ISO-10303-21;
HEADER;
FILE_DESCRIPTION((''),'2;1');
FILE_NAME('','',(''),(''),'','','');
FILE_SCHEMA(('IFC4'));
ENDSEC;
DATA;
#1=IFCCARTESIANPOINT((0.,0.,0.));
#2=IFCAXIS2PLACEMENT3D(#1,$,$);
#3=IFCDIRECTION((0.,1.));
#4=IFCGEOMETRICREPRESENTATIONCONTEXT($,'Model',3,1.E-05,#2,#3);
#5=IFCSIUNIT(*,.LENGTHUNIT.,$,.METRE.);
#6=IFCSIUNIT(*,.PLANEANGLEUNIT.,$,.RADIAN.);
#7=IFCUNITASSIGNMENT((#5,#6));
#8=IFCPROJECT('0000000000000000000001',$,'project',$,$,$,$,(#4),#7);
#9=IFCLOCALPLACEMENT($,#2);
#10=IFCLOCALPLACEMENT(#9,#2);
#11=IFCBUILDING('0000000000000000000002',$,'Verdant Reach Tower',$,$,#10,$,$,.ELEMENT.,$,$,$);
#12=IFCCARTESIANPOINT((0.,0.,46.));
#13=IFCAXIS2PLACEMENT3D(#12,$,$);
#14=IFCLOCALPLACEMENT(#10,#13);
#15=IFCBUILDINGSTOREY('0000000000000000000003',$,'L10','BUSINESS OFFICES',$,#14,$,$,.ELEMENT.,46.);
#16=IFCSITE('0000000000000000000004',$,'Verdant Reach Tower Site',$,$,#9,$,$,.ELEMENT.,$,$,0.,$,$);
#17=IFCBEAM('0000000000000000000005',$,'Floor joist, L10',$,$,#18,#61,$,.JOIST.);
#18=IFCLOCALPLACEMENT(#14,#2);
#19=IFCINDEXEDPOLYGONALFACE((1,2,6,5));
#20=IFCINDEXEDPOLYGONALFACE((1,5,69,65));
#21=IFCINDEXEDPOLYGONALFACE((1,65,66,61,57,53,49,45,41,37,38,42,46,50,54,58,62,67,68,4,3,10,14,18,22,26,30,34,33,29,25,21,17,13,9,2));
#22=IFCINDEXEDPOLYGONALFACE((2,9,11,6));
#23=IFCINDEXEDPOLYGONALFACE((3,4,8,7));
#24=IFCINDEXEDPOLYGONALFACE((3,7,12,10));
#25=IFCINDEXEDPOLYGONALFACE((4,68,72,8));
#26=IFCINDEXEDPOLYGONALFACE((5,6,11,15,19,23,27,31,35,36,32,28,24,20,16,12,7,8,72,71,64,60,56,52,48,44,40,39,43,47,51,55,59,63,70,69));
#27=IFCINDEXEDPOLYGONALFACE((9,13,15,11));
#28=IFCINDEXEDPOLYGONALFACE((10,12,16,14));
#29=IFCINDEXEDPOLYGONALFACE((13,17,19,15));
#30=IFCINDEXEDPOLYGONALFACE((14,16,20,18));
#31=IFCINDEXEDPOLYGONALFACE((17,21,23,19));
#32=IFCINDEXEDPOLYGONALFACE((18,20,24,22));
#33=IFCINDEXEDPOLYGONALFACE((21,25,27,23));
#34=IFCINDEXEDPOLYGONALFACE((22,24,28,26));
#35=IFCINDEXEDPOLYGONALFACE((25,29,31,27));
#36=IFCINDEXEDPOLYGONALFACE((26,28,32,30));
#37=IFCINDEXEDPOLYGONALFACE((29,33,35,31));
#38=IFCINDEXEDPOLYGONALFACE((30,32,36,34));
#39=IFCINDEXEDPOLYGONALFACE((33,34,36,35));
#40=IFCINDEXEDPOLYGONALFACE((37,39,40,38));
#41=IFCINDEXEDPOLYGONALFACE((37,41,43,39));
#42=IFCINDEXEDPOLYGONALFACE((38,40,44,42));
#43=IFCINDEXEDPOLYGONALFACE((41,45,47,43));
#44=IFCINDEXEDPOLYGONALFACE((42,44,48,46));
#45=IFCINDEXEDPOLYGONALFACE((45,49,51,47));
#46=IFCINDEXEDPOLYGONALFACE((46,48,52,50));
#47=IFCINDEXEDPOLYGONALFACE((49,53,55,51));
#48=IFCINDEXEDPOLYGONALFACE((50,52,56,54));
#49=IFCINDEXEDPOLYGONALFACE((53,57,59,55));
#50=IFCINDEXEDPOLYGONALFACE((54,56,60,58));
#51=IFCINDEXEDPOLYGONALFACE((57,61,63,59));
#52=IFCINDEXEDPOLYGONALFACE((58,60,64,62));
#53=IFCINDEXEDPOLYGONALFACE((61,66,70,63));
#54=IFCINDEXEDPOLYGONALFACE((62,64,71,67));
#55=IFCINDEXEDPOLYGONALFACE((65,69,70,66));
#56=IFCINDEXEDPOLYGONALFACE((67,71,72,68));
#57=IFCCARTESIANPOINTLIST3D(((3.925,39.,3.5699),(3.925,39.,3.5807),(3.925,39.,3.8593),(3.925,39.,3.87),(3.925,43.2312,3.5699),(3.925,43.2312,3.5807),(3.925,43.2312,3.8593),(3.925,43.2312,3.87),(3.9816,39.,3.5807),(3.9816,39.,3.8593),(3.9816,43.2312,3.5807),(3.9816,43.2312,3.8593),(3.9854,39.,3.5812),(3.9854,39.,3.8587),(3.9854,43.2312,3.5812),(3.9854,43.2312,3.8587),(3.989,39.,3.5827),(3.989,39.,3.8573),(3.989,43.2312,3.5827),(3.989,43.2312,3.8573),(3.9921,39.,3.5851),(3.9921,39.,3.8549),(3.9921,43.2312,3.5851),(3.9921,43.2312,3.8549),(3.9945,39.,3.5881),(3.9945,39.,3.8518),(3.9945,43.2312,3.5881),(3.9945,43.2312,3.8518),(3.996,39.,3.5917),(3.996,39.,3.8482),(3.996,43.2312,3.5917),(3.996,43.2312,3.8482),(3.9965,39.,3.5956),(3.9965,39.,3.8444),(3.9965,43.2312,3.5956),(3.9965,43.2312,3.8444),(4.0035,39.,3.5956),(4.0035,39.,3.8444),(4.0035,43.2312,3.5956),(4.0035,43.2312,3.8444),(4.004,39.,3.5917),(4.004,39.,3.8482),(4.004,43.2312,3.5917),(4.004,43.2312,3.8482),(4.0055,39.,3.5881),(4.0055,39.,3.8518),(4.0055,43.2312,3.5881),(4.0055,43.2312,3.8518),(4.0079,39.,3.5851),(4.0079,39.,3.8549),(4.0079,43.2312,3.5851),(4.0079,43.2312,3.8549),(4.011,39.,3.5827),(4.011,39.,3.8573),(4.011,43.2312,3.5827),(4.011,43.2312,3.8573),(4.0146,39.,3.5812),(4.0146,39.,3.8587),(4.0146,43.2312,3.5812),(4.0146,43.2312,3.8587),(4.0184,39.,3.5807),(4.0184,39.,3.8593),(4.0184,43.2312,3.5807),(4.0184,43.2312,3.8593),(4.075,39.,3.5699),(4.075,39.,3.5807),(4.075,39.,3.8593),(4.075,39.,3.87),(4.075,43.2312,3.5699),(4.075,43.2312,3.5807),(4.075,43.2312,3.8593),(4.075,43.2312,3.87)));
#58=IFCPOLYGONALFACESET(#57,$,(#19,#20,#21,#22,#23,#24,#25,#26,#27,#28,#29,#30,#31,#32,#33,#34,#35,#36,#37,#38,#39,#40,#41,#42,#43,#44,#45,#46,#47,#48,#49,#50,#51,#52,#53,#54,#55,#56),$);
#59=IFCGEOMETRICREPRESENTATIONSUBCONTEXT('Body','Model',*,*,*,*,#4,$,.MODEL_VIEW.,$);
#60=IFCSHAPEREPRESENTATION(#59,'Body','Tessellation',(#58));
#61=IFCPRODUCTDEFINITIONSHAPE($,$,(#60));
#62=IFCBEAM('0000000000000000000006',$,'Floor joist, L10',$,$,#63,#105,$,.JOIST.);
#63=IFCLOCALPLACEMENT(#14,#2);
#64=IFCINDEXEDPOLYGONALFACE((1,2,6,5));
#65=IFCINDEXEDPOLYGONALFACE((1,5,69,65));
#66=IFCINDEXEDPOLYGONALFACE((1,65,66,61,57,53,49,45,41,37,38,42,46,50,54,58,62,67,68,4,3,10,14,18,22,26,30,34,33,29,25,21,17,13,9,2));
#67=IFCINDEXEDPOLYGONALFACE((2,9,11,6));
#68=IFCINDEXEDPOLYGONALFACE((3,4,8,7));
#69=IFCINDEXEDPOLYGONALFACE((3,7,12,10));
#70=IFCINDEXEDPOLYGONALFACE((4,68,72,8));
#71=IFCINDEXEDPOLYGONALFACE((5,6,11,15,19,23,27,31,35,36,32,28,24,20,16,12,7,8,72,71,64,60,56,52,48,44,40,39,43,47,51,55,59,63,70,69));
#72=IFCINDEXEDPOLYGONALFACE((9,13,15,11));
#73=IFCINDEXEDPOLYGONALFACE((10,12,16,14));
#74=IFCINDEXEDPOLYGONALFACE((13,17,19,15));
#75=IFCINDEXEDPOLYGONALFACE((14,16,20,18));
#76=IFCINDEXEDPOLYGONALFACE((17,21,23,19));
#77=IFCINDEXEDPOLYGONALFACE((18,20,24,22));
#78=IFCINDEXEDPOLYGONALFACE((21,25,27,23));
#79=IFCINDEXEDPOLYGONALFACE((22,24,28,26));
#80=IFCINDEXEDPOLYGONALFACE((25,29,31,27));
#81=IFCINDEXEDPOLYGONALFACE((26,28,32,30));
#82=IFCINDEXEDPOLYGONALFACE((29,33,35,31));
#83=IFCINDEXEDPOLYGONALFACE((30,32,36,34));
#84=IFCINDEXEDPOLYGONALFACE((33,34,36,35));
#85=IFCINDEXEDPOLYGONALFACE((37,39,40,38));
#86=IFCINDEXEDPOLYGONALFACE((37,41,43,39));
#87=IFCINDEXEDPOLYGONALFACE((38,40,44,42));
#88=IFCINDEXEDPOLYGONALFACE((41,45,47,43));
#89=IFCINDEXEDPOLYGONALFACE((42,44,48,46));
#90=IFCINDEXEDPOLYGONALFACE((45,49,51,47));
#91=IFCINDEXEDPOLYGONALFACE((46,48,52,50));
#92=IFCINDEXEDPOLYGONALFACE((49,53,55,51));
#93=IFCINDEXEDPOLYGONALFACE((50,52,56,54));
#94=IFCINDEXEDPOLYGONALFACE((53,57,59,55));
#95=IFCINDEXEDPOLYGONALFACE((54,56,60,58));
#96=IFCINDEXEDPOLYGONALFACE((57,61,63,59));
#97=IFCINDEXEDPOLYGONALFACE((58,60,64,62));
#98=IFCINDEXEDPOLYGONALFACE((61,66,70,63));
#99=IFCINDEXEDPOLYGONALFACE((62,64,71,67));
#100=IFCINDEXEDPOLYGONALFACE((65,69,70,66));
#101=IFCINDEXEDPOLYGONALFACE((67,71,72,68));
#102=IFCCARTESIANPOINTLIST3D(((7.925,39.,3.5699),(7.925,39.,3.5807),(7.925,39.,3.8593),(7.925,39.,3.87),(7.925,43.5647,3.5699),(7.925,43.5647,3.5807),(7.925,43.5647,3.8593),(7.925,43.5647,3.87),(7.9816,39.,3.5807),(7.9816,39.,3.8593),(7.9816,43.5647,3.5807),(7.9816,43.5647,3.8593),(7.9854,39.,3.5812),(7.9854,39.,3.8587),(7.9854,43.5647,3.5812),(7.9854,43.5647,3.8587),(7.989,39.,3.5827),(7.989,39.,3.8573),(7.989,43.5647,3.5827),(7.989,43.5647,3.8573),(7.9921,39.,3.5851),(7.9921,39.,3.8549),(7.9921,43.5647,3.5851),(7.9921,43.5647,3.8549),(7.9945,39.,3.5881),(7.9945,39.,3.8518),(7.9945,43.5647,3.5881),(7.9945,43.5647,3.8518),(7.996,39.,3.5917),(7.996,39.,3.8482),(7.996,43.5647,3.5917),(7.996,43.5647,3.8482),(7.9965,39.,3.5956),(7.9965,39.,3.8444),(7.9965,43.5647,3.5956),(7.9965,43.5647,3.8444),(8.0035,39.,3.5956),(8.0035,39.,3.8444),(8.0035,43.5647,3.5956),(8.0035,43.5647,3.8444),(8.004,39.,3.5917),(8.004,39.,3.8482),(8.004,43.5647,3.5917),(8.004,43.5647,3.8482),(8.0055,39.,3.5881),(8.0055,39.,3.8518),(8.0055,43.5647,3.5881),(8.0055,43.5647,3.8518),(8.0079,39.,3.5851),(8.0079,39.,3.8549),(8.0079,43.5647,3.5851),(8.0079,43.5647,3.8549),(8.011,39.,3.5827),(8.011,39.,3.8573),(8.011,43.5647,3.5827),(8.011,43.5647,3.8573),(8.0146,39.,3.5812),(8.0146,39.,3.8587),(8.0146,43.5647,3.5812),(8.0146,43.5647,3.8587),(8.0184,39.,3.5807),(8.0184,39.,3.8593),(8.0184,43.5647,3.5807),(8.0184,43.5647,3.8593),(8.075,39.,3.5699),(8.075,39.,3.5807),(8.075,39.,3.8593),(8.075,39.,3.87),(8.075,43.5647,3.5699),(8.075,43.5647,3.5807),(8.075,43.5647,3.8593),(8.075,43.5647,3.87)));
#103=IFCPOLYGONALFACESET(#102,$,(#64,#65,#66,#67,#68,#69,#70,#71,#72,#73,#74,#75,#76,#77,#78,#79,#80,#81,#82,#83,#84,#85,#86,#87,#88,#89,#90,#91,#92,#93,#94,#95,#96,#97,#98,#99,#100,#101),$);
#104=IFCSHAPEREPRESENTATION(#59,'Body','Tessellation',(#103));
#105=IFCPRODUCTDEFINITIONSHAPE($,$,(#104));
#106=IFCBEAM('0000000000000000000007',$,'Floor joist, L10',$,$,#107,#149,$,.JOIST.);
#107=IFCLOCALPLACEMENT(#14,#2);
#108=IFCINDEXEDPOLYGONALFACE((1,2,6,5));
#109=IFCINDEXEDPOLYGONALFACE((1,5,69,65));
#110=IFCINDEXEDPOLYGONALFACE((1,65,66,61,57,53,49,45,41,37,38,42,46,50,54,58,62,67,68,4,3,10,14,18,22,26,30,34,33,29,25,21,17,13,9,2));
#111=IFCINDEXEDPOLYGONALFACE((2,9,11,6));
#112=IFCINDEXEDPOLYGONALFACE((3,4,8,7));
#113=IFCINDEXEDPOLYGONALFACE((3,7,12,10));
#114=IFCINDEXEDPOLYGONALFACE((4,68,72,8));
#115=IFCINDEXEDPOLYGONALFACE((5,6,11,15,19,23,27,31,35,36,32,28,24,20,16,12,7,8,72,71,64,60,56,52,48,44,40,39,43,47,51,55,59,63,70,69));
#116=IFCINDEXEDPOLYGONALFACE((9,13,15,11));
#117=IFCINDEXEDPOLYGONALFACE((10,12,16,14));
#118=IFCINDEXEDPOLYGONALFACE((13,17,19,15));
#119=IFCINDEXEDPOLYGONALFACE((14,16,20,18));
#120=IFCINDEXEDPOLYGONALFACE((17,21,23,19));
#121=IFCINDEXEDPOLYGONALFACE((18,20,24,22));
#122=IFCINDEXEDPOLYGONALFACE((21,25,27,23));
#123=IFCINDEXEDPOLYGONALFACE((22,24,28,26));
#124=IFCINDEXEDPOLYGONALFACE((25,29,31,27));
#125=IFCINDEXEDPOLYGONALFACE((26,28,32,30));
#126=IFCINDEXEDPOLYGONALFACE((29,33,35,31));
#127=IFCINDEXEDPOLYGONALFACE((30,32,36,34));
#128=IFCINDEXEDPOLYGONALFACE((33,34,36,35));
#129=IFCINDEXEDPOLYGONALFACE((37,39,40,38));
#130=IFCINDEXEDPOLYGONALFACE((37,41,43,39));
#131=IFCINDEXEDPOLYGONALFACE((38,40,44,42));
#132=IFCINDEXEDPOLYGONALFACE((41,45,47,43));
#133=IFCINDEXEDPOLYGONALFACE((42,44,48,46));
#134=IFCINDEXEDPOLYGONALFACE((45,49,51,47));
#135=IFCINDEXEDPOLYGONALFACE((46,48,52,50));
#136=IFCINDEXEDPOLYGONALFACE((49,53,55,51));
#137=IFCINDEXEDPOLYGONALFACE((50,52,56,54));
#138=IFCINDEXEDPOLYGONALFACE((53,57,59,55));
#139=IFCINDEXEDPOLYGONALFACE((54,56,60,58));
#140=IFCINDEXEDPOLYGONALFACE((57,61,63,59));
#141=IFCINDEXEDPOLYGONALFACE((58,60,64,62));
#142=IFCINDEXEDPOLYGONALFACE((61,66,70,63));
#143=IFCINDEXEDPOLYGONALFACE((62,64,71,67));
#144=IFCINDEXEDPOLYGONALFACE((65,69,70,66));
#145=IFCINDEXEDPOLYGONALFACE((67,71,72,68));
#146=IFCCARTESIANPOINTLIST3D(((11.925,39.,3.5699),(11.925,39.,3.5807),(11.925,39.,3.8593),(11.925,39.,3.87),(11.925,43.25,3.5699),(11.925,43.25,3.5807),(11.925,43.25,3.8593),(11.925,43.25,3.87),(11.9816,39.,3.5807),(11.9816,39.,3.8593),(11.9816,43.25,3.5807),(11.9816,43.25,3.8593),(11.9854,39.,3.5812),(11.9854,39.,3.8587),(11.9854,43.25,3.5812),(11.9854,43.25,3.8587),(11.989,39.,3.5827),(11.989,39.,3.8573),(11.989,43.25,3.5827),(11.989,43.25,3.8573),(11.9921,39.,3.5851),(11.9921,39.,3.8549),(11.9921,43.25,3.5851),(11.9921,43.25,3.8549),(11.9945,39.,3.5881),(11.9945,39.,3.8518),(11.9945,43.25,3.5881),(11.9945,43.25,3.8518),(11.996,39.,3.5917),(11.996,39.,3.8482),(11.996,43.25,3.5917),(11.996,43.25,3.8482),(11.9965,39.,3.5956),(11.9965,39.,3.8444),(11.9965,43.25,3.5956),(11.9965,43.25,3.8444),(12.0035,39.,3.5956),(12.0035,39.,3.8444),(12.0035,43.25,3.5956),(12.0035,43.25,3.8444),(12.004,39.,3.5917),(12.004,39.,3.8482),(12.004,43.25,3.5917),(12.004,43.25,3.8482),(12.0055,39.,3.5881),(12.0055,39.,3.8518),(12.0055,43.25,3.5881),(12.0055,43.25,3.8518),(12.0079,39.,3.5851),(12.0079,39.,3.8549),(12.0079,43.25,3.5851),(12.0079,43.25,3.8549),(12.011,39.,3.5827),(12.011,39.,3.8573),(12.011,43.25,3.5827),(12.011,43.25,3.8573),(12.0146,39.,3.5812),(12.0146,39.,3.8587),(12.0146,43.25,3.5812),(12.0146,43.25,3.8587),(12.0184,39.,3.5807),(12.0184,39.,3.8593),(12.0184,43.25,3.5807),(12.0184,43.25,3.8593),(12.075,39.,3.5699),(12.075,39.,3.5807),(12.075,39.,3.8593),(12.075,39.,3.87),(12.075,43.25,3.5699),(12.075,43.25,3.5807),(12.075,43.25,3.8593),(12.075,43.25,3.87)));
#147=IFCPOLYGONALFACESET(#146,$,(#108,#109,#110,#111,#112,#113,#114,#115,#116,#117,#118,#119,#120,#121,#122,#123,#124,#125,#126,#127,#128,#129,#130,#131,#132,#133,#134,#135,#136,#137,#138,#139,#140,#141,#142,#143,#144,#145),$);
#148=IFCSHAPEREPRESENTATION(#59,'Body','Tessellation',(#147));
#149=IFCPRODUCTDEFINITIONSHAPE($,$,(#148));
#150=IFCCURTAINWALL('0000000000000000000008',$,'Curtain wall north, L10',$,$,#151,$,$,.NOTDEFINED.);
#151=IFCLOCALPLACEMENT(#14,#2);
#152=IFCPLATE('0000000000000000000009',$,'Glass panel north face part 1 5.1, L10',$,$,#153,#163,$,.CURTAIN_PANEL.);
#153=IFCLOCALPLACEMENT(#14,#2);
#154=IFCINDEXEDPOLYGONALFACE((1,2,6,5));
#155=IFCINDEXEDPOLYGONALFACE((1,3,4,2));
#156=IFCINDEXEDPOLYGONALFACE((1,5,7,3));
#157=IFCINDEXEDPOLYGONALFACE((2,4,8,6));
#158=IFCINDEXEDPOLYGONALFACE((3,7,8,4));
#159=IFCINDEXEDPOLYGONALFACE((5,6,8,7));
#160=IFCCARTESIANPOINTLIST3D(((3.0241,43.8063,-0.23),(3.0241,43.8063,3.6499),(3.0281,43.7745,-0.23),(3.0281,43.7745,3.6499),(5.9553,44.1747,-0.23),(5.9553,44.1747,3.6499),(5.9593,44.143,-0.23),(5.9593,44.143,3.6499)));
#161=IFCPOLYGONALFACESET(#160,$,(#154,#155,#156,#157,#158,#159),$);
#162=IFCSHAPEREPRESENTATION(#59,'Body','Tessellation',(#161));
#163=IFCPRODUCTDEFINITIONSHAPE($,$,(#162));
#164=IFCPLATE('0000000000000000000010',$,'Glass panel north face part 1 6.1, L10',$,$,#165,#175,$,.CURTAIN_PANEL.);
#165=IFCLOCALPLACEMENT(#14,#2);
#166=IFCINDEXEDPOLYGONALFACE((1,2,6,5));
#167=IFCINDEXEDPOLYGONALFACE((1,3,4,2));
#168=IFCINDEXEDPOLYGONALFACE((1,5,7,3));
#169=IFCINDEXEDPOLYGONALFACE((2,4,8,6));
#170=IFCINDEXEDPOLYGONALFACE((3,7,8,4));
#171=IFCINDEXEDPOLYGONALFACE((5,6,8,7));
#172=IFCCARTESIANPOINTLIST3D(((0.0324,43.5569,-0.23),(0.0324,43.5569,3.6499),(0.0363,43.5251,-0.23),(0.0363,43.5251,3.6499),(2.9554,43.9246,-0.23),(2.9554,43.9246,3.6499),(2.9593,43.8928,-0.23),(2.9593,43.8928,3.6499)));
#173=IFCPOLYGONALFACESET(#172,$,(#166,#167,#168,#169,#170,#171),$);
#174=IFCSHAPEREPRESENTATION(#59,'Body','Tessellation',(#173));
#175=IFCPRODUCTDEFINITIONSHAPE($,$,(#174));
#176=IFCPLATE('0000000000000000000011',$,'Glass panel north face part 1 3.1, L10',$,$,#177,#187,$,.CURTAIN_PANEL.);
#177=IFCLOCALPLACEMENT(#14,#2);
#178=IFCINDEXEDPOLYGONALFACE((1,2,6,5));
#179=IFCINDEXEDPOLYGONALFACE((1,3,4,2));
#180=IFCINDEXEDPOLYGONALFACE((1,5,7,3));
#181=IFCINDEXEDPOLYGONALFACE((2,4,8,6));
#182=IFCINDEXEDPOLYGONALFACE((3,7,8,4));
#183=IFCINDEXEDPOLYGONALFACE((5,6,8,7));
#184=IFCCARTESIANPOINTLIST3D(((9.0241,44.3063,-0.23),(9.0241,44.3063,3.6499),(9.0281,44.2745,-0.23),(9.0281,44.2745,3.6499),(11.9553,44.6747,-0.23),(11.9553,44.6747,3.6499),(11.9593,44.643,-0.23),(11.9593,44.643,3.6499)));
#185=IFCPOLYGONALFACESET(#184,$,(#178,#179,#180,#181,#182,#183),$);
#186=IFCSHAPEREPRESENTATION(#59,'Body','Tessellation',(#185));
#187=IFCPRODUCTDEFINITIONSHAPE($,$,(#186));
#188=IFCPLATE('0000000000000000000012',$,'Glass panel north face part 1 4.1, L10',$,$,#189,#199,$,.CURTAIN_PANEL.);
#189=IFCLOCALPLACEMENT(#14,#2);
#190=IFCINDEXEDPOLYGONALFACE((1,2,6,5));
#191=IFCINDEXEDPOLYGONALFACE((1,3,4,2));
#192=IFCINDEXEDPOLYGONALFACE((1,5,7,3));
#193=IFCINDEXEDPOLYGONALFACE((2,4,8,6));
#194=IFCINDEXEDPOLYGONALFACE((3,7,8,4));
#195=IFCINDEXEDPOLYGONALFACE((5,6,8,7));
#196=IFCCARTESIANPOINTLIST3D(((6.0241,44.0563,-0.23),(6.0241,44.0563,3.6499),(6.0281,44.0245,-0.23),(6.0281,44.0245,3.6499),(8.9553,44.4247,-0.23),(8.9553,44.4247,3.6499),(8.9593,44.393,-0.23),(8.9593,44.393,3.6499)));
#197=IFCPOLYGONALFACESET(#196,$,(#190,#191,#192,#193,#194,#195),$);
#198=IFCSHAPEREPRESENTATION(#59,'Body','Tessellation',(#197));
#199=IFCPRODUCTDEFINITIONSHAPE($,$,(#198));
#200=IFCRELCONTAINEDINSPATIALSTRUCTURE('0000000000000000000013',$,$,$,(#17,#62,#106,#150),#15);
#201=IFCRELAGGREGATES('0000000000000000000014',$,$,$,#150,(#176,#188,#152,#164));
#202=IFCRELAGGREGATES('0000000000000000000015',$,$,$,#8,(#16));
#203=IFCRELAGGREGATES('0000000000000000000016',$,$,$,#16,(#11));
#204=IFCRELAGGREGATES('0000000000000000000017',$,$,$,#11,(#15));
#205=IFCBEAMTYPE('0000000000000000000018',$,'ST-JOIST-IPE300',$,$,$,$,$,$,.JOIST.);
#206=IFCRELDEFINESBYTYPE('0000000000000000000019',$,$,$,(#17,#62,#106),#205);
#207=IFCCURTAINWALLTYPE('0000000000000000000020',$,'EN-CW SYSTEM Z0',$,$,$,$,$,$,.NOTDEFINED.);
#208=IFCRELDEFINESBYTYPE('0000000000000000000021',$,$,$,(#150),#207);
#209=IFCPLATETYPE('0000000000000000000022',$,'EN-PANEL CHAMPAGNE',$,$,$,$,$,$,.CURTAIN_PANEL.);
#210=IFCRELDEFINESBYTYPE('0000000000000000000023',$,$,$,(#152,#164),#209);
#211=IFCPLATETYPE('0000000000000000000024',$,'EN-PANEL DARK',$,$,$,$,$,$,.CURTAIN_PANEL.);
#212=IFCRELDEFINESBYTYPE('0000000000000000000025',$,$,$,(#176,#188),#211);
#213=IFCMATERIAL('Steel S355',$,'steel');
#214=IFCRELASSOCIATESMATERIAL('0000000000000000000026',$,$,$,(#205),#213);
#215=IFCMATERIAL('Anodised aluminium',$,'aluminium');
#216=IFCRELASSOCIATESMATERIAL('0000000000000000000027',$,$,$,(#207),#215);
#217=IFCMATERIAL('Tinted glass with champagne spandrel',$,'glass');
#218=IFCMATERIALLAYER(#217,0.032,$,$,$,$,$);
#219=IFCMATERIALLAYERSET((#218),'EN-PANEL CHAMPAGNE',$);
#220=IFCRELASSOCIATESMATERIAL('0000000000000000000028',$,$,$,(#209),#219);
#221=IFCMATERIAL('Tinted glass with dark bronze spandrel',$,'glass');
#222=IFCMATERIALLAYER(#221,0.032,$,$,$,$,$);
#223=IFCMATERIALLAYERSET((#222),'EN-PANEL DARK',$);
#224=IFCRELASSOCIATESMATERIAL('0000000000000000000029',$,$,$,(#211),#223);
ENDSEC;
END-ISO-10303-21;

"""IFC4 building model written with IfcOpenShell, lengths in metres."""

from ifc_helpers import new_model, si_unit, direction, frame, origin, origin_2d, place, context, subcontext, project, spatial, rectangle, i_section, extrude, material, layer, layer_set, material_profile, profile_set, type_object, element, aggregate, save


model = new_model("IFC4")

# Units and contexts
model_context = context("Model", 3, precision=1e-05, world=origin(), true_north=direction((0.0, 1.0)))
body_context = subcontext(model_context, "Body", "Model", "MODEL_VIEW")
ifc_project = project(units=[si_unit("LENGTHUNIT", "METRE"), si_unit("PLANEANGLEUNIT", "RADIAN")], contexts=[model_context])

# Site, building, storey
site_placement = place(None, origin())
site = spatial("IfcSite", under=ifc_project, at=site_placement, Name="Verdant Reach Tower Site", CompositionType="ELEMENT", RefElevation=0.0)
building_placement = place(site_placement, origin())
building = spatial("IfcBuilding", under=site, at=building_placement, Name="Verdant Reach Tower", CompositionType="ELEMENT")
storey_placement = place(building_placement, frame((0.0, 0.0, 46.0)))
storey = spatial("IfcBuildingStorey", under=building, at=storey_placement, Name="L10", Description="BUSINESS OFFICES", CompositionType="ELEMENT", Elevation=46.0)

# Beams
ifc_material_1 = material(Name="Steel S355", Category="steel")
ifc_material_profile = material_profile(ifc_material_1, i_section(OverallWidth=0.1499, OverallDepth=0.3, WebThickness=0.0071, FlangeThickness=0.0107, FilletRadius=0.0149, at=origin_2d()), Name="IPE 300")
ifc_profile_set = profile_set([ifc_material_profile], Name="Steel S355")
beam_type = type_object("IfcBeamType", Name="ST-JOIST-IPE300", PredefinedType="JOIST", material=ifc_profile_set)
beam_1_placement = place(storey_placement, frame((4.0, 39.0, 3.72), z_axis=(0.0, 1.0, 0.0), x_axis=(-1.0, 0.0, 0.0)))
element("IfcBeam", 1, at=beam_1_placement, inside=storey, type_object=beam_type, Name="Floor joist, L10", PredefinedType="JOIST", context=body_context, shape_type="SweptSolid", body=[
    extrude(i_section(OverallWidth=0.1499, OverallDepth=0.3, WebThickness=0.0071, FlangeThickness=0.0107, FilletRadius=0.0149, at=origin_2d()), origin(), (0.0, 0.0, 1.0), 4.2312),
])
beam_2_placement = place(storey_placement, frame((8.0, 39.0, 3.72), z_axis=(0.0, 1.0, 0.0), x_axis=(-1.0, 0.0, 0.0)))
element("IfcBeam", 2, at=beam_2_placement, inside=storey, type_object=beam_type, Name="Floor joist, L10", PredefinedType="JOIST", context=body_context, shape_type="SweptSolid", body=[
    extrude(i_section(OverallWidth=0.1499, OverallDepth=0.3, WebThickness=0.0071, FlangeThickness=0.0107, FilletRadius=0.0149, at=origin_2d()), origin(), (0.0, 0.0, 1.0), 4.5647),
])
beam_3_placement = place(storey_placement, frame((12.0, 39.0, 3.72), z_axis=(0.0, 1.0, 0.0), x_axis=(-1.0, 0.0, 0.0)))
element("IfcBeam", 3, at=beam_3_placement, inside=storey, type_object=beam_type, Name="Floor joist, L10", PredefinedType="JOIST", context=body_context, shape_type="SweptSolid", body=[
    extrude(i_section(OverallWidth=0.1499, OverallDepth=0.3, WebThickness=0.0071, FlangeThickness=0.0107, FilletRadius=0.0149, at=origin_2d()), origin(), (0.0, 0.0, 1.0), 4.25),
])

# Curtain wall, plates
ifc_material_2 = material(Name="Anodised aluminium", Category="aluminium")
curtain_wall_type = type_object("IfcCurtainWallType", Name="EN-CW SYSTEM Z0", PredefinedType="NOTDEFINED", material=ifc_material_2)
curtain_wall_placement = place(storey_placement, origin())
curtain_wall = element("IfcCurtainWall", 4, at=curtain_wall_placement, inside=storey, type_object=curtain_wall_type, Name="Curtain wall north, L10", PredefinedType="NOTDEFINED")
ifc_material_3 = material(Name="Tinted glass with champagne spandrel", Category="glass")
ifc_layer_1 = layer(ifc_material_3, 0.032)
ifc_layer_set_1 = layer_set([ifc_layer_1], Name="EN-PANEL CHAMPAGNE")
plate_type_1 = type_object("IfcPlateType", Name="EN-PANEL CHAMPAGNE", PredefinedType="CURTAIN_PANEL", material=ifc_layer_set_1)
plate_1_placement = place(storey_placement, frame((4.4917, 43.9746, -0.23), z_axis=(0.0, 0.0, 1.0), x_axis=(-0.992194, -0.124704, 0.0)))
plate_1 = element("IfcPlate", 5, at=plate_1_placement, type_object=plate_type_1, Name="Glass panel north face part 1 5.1, L10", PredefinedType="CURTAIN_PANEL", context=body_context, shape_type="SweptSolid", body=[
    extrude(rectangle(XDim=2.9543, YDim=0.032, at=origin_2d()), origin(), (0.0, 0.0, 1.0), 3.8799),
])
plate_2_placement = place(storey_placement, frame((1.4958, 43.7249, -0.23), z_axis=(0.0, 0.0, 1.0), x_axis=(-0.99218, -0.124818, 0.0)))
plate_2 = element("IfcPlate", 6, at=plate_2_placement, type_object=plate_type_1, Name="Glass panel north face part 1 6.1, L10", PredefinedType="CURTAIN_PANEL", context=body_context, shape_type="SweptSolid", body=[
    extrude(rectangle(XDim=2.946, YDim=0.032, at=origin_2d()), origin(), (0.0, 0.0, 1.0), 3.8799),
])
ifc_material_4 = material(Name="Tinted glass with dark bronze spandrel", Category="glass")
ifc_layer_2 = layer(ifc_material_4, 0.032)
ifc_layer_set_2 = layer_set([ifc_layer_2], Name="EN-PANEL DARK")
plate_type_2 = type_object("IfcPlateType", Name="EN-PANEL DARK", PredefinedType="CURTAIN_PANEL", material=ifc_layer_set_2)
plate_3_placement = place(storey_placement, frame((10.4917, 44.4746, -0.23), z_axis=(0.0, 0.0, 1.0), x_axis=(-0.992194, -0.124704, 0.0)))
plate_3 = element("IfcPlate", 7, at=plate_3_placement, type_object=plate_type_2, Name="Glass panel north face part 1 3.1, L10", PredefinedType="CURTAIN_PANEL", context=body_context, shape_type="SweptSolid", body=[
    extrude(rectangle(XDim=2.9543, YDim=0.032, at=origin_2d()), origin(), (0.0, 0.0, 1.0), 3.8799),
])
plate_4_placement = place(storey_placement, frame((7.4917, 44.2246, -0.23), z_axis=(0.0, 0.0, 1.0), x_axis=(-0.992194, -0.124704, 0.0)))
plate_4 = element("IfcPlate", 8, at=plate_4_placement, type_object=plate_type_2, Name="Glass panel north face part 1 4.1, L10", PredefinedType="CURTAIN_PANEL", context=body_context, shape_type="SweptSolid", body=[
    extrude(rectangle(XDim=2.9543, YDim=0.032, at=origin_2d()), origin(), (0.0, 0.0, 1.0), 3.8799),
])
aggregate(curtain_wall, [plate_3, plate_4, plate_1, plate_2])

save(model, "model.ifc")
